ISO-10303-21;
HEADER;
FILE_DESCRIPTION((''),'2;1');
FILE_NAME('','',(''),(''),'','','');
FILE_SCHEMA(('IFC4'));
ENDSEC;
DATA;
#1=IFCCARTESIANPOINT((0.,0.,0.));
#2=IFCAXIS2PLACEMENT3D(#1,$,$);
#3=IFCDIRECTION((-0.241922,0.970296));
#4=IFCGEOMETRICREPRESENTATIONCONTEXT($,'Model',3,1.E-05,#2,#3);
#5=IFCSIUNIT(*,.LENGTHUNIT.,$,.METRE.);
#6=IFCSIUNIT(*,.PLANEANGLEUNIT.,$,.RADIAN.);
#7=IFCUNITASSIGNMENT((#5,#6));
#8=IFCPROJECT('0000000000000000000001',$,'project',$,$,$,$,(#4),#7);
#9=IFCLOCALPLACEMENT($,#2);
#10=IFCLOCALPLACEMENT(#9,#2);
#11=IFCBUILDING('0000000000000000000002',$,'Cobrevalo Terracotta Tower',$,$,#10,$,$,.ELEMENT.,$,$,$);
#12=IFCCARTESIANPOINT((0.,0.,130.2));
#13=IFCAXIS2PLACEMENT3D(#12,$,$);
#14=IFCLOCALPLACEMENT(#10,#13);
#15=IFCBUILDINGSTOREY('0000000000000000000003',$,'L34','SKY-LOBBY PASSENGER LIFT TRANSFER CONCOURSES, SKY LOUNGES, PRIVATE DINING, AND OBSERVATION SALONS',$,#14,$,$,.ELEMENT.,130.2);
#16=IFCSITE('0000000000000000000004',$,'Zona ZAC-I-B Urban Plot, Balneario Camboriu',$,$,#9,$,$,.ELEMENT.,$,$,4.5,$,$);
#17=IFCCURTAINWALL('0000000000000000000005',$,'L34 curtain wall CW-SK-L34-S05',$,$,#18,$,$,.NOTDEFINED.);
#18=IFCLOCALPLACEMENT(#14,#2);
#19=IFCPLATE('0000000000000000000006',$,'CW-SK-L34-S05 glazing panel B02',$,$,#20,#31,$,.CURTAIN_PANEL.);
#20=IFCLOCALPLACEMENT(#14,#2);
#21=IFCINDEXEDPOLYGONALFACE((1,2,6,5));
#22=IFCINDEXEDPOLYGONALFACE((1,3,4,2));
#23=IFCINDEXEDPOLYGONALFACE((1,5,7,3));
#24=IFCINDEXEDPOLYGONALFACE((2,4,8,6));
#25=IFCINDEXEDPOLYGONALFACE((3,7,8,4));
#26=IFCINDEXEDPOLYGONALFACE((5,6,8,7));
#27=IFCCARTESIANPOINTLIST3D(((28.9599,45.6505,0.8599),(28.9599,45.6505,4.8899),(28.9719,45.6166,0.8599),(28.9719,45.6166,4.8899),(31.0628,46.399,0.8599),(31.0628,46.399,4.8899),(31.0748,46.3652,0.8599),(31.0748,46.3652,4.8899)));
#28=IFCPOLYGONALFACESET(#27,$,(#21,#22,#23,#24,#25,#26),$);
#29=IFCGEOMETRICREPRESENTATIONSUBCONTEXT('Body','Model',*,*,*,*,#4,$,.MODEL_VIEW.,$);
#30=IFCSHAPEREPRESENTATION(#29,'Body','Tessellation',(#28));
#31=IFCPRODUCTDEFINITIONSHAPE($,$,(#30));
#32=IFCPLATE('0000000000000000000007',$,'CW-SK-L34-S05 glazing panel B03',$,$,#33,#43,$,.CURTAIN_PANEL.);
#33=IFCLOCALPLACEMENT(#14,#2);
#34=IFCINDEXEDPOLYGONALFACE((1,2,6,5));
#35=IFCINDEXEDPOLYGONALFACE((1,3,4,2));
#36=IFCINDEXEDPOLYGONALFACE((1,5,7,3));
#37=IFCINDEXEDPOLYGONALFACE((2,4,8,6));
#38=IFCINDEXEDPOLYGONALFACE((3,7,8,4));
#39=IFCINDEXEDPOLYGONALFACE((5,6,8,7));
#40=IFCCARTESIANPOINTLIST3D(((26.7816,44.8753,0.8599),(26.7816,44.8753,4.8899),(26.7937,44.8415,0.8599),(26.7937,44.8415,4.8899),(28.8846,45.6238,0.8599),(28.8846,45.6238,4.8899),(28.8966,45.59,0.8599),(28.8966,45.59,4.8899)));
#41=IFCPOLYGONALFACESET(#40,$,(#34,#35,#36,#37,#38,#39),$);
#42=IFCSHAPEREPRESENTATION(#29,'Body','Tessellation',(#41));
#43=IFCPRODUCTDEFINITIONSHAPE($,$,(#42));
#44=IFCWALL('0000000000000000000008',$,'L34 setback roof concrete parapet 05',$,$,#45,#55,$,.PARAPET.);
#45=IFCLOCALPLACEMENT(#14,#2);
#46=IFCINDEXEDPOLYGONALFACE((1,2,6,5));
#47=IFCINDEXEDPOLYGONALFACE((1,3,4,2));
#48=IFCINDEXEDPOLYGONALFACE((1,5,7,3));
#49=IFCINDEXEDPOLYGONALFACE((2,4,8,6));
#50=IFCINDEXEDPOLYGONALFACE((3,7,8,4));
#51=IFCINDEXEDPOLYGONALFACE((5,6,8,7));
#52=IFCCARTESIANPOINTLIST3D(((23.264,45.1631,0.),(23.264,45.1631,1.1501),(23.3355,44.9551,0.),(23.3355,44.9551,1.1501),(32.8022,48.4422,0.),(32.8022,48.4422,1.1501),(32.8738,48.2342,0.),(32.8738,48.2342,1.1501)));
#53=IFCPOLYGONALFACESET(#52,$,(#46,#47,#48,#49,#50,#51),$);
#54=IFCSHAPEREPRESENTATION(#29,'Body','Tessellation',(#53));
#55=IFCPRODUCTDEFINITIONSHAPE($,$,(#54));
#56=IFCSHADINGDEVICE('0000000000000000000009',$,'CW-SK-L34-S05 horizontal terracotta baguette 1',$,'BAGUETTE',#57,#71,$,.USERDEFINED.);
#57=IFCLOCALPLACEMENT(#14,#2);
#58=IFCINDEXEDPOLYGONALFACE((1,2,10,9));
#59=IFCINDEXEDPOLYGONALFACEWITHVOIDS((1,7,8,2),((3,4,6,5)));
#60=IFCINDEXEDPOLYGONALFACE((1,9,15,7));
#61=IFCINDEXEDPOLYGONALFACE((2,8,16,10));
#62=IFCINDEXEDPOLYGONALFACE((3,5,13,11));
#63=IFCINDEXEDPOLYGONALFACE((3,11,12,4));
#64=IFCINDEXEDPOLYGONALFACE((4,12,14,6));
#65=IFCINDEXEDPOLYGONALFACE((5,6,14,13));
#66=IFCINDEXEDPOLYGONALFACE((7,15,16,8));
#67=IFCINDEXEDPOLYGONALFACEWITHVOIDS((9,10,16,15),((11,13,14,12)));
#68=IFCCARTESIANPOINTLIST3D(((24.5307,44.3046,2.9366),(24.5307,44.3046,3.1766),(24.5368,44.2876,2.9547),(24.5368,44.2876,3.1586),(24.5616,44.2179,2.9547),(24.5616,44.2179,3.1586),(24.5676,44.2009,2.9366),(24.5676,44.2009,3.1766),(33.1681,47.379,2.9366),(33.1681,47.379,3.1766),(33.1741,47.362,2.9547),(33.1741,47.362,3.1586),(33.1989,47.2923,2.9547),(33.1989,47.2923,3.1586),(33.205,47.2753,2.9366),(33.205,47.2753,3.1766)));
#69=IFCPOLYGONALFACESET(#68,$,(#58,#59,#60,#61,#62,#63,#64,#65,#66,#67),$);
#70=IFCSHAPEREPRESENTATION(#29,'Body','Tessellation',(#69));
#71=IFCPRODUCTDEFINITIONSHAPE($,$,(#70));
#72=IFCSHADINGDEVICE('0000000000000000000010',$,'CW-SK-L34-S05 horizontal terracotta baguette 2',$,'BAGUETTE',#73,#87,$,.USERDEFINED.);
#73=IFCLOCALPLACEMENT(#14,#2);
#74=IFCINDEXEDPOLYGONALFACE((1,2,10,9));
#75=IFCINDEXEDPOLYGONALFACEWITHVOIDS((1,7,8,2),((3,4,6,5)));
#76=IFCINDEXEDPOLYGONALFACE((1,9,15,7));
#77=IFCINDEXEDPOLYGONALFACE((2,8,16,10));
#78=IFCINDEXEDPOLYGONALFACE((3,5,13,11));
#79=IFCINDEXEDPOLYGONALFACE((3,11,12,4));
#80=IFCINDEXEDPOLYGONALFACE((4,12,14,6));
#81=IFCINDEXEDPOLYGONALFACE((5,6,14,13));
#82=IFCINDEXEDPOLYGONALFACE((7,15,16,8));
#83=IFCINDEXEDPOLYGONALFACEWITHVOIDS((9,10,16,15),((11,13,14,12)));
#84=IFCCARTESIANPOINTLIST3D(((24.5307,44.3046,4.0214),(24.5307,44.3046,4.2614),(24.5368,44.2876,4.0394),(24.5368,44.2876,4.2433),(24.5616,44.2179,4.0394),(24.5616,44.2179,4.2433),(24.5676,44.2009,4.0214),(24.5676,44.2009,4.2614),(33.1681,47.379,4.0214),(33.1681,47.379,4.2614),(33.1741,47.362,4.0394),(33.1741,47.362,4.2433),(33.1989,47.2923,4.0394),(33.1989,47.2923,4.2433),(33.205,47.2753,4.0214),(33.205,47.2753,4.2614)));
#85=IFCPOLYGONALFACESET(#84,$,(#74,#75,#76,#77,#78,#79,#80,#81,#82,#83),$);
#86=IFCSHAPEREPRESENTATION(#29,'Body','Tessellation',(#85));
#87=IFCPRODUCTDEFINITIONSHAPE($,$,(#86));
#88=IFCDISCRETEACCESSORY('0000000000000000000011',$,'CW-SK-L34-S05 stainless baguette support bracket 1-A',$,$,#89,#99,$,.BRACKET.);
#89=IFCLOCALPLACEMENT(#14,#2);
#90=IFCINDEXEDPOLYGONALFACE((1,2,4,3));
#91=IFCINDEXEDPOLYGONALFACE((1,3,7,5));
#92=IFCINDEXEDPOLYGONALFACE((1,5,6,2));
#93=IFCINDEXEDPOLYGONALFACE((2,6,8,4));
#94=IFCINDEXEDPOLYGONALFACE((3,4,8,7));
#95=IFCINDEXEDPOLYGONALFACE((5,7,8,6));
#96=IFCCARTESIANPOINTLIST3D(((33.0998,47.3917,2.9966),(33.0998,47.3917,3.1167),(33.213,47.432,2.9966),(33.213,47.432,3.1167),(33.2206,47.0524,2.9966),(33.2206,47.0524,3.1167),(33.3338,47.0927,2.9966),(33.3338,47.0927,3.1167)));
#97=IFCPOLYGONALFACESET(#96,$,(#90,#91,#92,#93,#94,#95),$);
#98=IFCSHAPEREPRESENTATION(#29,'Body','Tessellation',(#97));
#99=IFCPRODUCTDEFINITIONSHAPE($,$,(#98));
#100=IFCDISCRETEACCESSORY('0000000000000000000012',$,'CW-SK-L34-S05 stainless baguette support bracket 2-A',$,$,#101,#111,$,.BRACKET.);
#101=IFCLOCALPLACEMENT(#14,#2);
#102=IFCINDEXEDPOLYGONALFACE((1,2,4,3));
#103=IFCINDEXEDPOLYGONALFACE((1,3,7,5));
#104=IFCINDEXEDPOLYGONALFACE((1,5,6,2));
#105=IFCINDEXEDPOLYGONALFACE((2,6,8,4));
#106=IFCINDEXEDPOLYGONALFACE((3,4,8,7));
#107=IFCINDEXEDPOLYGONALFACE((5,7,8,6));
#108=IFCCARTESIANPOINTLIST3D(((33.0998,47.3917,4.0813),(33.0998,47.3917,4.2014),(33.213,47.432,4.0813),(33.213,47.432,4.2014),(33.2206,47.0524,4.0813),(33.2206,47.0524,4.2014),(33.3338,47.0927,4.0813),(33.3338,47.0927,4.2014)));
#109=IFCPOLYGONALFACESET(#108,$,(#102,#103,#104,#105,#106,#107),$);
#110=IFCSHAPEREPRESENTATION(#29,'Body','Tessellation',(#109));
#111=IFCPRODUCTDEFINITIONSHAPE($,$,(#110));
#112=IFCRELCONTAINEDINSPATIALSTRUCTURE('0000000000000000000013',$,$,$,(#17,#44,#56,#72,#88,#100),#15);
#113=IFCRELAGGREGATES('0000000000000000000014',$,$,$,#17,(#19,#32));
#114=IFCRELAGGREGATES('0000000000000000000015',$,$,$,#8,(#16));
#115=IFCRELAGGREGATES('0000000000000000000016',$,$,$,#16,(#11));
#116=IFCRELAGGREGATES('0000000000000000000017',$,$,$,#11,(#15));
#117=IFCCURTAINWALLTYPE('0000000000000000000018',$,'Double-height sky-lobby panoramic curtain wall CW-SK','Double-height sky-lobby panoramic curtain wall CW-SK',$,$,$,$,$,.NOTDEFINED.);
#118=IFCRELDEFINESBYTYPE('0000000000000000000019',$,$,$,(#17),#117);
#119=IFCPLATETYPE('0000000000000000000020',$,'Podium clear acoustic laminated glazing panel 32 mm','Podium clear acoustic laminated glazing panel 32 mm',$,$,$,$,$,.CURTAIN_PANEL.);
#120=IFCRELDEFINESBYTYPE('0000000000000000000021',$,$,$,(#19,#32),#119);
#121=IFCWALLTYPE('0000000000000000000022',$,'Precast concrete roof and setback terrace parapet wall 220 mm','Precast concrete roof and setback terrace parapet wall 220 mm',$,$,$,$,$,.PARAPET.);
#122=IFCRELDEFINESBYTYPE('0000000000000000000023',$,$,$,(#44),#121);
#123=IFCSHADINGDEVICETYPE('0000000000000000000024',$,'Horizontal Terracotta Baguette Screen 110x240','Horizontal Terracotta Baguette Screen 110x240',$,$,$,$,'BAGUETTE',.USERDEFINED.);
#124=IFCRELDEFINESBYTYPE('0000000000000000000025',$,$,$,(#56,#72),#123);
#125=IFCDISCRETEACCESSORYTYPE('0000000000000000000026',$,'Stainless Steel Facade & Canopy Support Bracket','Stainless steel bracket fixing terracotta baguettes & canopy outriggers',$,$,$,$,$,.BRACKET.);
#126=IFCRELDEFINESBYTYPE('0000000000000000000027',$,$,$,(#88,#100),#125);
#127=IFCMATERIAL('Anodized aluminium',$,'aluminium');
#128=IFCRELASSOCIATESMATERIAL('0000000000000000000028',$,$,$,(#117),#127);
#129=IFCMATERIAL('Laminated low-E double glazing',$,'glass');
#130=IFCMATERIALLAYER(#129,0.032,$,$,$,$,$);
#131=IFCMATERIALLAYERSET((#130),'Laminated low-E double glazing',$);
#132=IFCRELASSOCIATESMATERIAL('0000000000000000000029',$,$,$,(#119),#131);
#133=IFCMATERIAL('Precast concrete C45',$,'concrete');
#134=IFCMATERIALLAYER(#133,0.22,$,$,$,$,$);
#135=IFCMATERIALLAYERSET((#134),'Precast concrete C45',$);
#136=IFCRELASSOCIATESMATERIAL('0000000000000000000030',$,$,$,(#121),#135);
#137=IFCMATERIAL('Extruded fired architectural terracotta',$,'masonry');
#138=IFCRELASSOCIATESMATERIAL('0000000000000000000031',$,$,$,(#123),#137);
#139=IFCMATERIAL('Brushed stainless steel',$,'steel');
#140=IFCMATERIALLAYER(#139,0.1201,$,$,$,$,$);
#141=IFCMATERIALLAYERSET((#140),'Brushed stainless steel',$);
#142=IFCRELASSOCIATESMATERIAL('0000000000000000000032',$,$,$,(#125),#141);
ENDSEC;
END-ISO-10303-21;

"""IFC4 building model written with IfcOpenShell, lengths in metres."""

from ifc_helpers import new_model, si_unit, direction, frame, frame_2d, origin, origin_2d, place, context, subcontext, project, spatial, rectangle, hollow_rectangle, extrude, source, transform, mapped, material, layer, layer_set, material_profile, profile_set, type_object, element, aggregate, save


model = new_model("IFC4")

# Units and contexts
model_context = context("Model", 3, precision=1e-05, world=origin(), true_north=direction((-0.241922, 0.970296)))
body_context = subcontext(model_context, "Body", "Model", "MODEL_VIEW")
ifc_project = project(units=[si_unit("LENGTHUNIT", "METRE"), si_unit("PLANEANGLEUNIT", "RADIAN")], contexts=[model_context])

# Site, building, storey
site_placement = place(None, origin())
site = spatial("IfcSite", under=ifc_project, at=site_placement, Name="Zona ZAC-I-B Urban Plot, Balneario Camboriu", CompositionType="ELEMENT", RefElevation=4.5)
building_placement = place(site_placement, origin())
building = spatial("IfcBuilding", under=site, at=building_placement, Name="Cobrevalo Terracotta Tower", CompositionType="ELEMENT")
storey_placement = place(building_placement, frame((0.0, 0.0, 130.2)))
storey = spatial("IfcBuildingStorey", under=building, at=storey_placement, Name="L34", Description="SKY-LOBBY PASSENGER LIFT TRANSFER CONCOURSES, SKY LOUNGES, PRIVATE DINING, AND OBSERVATION SALONS", CompositionType="ELEMENT", Elevation=130.2)

# Curtain wall
ifc_material_1 = material(Name="Anodized aluminium", Category="aluminium")
curtain_wall_type = type_object("IfcCurtainWallType", Name="Double-height sky-lobby panoramic curtain wall CW-SK", Description="Double-height sky-lobby panoramic curtain wall CW-SK", PredefinedType="NOTDEFINED", material=ifc_material_1)
curtain_wall_1_placement = place(storey_placement, origin())
curtain_wall_1 = element("IfcCurtainWall", 1, at=curtain_wall_1_placement, inside=storey, type_object=curtain_wall_type, Name="L34 curtain wall CW-SK-L34-S05", PredefinedType="NOTDEFINED")

# Plates
ifc_material_2 = material(Name="Laminated low-E double glazing", Category="glass")
ifc_layer_1 = layer(ifc_material_2, 0.032)
ifc_layer_set_1 = layer_set([ifc_layer_1], Name="Laminated low-E double glazing")
plate_type_1 = type_object("IfcPlateType", Name="Podium clear acoustic laminated glazing panel 32 mm", Description="Podium clear acoustic laminated glazing panel 32 mm", PredefinedType="CURTAIN_PANEL", material=ifc_layer_set_1)
shared_shape_1 = source(origin(), body_context, "Body", "SweptSolid", [
    extrude(rectangle(XDim=2.2322, YDim=0.0359, at=origin_2d()), origin(), (0.0, 0.0, 1.0), 4.03),
])
plate_1_placement = place(storey_placement, frame((30.0173, 46.0078, 0.8599), z_axis=(0.0, 0.0, 1.0), x_axis=(-0.942098, -0.335336, 0.0)))
plate_1 = element("IfcPlate", 2, at=plate_1_placement, type_object=plate_type_1, Name="CW-SK-L34-S05 glazing panel B02", PredefinedType="CURTAIN_PANEL", context=body_context, shape_type="MappedRepresentation", body=[
    mapped(shared_shape_1, transform((0.0, 0.0, 0.0), scale=1.0)),
])
plate_2_placement = place(storey_placement, frame((27.8391, 45.2327, 0.8599), z_axis=(0.0, 0.0, 1.0), x_axis=(-0.942098, -0.335336, 0.0)))
plate_2 = element("IfcPlate", 3, at=plate_2_placement, type_object=plate_type_1, Name="CW-SK-L34-S05 glazing panel B03", PredefinedType="CURTAIN_PANEL", context=body_context, shape_type="MappedRepresentation", body=[
    mapped(shared_shape_1, transform((0.0, 0.0, 0.0), scale=1.0)),
])
aggregate(curtain_wall_1, [plate_1, plate_2])

# Wall
ifc_material_3 = material(Name="Precast concrete C45", Category="concrete")
ifc_layer_2 = layer(ifc_material_3, 0.22)
ifc_layer_set_2 = layer_set([ifc_layer_2], Name="Precast concrete C45")
wall_type = type_object("IfcWallType", Name="Precast concrete roof and setback terrace parapet wall 220 mm", Description="Precast concrete roof and setback terrace parapet wall 220 mm", PredefinedType="PARAPET", material=ifc_layer_set_2)
wall_placement = place(storey_placement, frame((32.8379, 48.3381, 0.0), z_axis=(0.0, 0.0, 1.0), x_axis=(-0.945679, -0.325102, 0.0)))
element("IfcWall", 4, at=wall_placement, inside=storey, type_object=wall_type, Name="L34 setback roof concrete parapet 05", PredefinedType="PARAPET", context=body_context, shape_type="SweptSolid", body=[
    extrude(rectangle(XDim=10.0862, YDim=0.22, at=frame_2d((5.043, 0.0))), origin(), (0.0, 0.0, 1.0), 1.1501),
])

# Shading devices
ifc_material_4 = material(Name="Extruded fired architectural terracotta", Category="masonry")
ifc_material_profile_1 = material_profile(ifc_material_4, hollow_rectangle(XDim=0.1101, YDim=0.24, WallThickness=0.0181, at=origin_2d()), Name="BAGUETTE 110x240")
ifc_profile_set_1 = profile_set([ifc_material_profile_1], Name="Extruded fired architectural terracotta")
shading_device_type = type_object("IfcShadingDeviceType", Name="Horizontal Terracotta Baguette Screen 110x240", Description="Horizontal Terracotta Baguette Screen 110x240", ElementType="BAGUETTE", PredefinedType="USERDEFINED", material=ifc_profile_set_1)
shared_shape_2 = source(origin(), body_context, "Body", "SweptSolid", [
    extrude(hollow_rectangle(XDim=0.1101, YDim=0.24, WallThickness=0.0181, at=origin_2d()), origin(), (0.0, 0.0, 1.0), 9.1682),
])
for number, where, z_axis, x_axis, name in (
    (5, (33.1865, 47.3271, 3.0566), (-0.942099, -0.335336, 0.0), (0.335336, -0.942099, 0.0), "CW-SK-L34-S05 horizontal terracotta baguette 1"),
    (6, (33.1865, 47.3271, 4.1414), (-0.942099, -0.335336, 0.0), (0.335336, -0.942099, 0.0), "CW-SK-L34-S05 horizontal terracotta baguette 2"),
):
    element("IfcShadingDevice", number, at=place(storey_placement, frame(where, z_axis=z_axis, x_axis=x_axis)), inside=storey, type_object=shading_device_type, Name=name, ObjectType="BAGUETTE", PredefinedType="USERDEFINED", context=body_context, shape_type="MappedRepresentation", body=[
        mapped(shared_shape_2, transform((0.0, 0.0, 0.0), scale=1.0)),
    ])

# Discrete accessories
ifc_material_5 = material(Name="Brushed stainless steel", Category="steel")
ifc_layer_3 = layer(ifc_material_5, 0.1201)
ifc_layer_set_3 = layer_set([ifc_layer_3], Name="Brushed stainless steel")
discrete_accessory_type = type_object("IfcDiscreteAccessoryType", Name="Stainless Steel Facade & Canopy Support Bracket", Description="Stainless steel bracket fixing terracotta baguettes & canopy outriggers", PredefinedType="BRACKET", material=ifc_layer_set_3)
shared_shape_3 = source(origin(), body_context, "Body", "SweptSolid", [
    extrude(rectangle(XDim=0.1201, YDim=0.3601, at=origin_2d()), origin(), (0.0, 0.0, 1.0), 0.1201),
])
for number, where, z_axis, x_axis, name in (
    (7, (33.2168, 47.2422, 2.9966), (0.0, 0.0, 1.0), (-0.942098, -0.335336, 0.0), "CW-SK-L34-S05 stainless baguette support bracket 1-A"),
    (8, (33.2168, 47.2422, 4.0813), (0.0, 0.0, 1.0), (-0.942098, -0.335336, 0.0), "CW-SK-L34-S05 stainless baguette support bracket 2-A"),
):
    element("IfcDiscreteAccessory", number, at=place(storey_placement, frame(where, z_axis=z_axis, x_axis=x_axis)), inside=storey, type_object=discrete_accessory_type, Name=name, PredefinedType="BRACKET", context=body_context, shape_type="MappedRepresentation", body=[
        mapped(shared_shape_3, transform((0.0, 0.0, 0.0), scale=1.0)),
    ])

save(model, "model.ifc")
